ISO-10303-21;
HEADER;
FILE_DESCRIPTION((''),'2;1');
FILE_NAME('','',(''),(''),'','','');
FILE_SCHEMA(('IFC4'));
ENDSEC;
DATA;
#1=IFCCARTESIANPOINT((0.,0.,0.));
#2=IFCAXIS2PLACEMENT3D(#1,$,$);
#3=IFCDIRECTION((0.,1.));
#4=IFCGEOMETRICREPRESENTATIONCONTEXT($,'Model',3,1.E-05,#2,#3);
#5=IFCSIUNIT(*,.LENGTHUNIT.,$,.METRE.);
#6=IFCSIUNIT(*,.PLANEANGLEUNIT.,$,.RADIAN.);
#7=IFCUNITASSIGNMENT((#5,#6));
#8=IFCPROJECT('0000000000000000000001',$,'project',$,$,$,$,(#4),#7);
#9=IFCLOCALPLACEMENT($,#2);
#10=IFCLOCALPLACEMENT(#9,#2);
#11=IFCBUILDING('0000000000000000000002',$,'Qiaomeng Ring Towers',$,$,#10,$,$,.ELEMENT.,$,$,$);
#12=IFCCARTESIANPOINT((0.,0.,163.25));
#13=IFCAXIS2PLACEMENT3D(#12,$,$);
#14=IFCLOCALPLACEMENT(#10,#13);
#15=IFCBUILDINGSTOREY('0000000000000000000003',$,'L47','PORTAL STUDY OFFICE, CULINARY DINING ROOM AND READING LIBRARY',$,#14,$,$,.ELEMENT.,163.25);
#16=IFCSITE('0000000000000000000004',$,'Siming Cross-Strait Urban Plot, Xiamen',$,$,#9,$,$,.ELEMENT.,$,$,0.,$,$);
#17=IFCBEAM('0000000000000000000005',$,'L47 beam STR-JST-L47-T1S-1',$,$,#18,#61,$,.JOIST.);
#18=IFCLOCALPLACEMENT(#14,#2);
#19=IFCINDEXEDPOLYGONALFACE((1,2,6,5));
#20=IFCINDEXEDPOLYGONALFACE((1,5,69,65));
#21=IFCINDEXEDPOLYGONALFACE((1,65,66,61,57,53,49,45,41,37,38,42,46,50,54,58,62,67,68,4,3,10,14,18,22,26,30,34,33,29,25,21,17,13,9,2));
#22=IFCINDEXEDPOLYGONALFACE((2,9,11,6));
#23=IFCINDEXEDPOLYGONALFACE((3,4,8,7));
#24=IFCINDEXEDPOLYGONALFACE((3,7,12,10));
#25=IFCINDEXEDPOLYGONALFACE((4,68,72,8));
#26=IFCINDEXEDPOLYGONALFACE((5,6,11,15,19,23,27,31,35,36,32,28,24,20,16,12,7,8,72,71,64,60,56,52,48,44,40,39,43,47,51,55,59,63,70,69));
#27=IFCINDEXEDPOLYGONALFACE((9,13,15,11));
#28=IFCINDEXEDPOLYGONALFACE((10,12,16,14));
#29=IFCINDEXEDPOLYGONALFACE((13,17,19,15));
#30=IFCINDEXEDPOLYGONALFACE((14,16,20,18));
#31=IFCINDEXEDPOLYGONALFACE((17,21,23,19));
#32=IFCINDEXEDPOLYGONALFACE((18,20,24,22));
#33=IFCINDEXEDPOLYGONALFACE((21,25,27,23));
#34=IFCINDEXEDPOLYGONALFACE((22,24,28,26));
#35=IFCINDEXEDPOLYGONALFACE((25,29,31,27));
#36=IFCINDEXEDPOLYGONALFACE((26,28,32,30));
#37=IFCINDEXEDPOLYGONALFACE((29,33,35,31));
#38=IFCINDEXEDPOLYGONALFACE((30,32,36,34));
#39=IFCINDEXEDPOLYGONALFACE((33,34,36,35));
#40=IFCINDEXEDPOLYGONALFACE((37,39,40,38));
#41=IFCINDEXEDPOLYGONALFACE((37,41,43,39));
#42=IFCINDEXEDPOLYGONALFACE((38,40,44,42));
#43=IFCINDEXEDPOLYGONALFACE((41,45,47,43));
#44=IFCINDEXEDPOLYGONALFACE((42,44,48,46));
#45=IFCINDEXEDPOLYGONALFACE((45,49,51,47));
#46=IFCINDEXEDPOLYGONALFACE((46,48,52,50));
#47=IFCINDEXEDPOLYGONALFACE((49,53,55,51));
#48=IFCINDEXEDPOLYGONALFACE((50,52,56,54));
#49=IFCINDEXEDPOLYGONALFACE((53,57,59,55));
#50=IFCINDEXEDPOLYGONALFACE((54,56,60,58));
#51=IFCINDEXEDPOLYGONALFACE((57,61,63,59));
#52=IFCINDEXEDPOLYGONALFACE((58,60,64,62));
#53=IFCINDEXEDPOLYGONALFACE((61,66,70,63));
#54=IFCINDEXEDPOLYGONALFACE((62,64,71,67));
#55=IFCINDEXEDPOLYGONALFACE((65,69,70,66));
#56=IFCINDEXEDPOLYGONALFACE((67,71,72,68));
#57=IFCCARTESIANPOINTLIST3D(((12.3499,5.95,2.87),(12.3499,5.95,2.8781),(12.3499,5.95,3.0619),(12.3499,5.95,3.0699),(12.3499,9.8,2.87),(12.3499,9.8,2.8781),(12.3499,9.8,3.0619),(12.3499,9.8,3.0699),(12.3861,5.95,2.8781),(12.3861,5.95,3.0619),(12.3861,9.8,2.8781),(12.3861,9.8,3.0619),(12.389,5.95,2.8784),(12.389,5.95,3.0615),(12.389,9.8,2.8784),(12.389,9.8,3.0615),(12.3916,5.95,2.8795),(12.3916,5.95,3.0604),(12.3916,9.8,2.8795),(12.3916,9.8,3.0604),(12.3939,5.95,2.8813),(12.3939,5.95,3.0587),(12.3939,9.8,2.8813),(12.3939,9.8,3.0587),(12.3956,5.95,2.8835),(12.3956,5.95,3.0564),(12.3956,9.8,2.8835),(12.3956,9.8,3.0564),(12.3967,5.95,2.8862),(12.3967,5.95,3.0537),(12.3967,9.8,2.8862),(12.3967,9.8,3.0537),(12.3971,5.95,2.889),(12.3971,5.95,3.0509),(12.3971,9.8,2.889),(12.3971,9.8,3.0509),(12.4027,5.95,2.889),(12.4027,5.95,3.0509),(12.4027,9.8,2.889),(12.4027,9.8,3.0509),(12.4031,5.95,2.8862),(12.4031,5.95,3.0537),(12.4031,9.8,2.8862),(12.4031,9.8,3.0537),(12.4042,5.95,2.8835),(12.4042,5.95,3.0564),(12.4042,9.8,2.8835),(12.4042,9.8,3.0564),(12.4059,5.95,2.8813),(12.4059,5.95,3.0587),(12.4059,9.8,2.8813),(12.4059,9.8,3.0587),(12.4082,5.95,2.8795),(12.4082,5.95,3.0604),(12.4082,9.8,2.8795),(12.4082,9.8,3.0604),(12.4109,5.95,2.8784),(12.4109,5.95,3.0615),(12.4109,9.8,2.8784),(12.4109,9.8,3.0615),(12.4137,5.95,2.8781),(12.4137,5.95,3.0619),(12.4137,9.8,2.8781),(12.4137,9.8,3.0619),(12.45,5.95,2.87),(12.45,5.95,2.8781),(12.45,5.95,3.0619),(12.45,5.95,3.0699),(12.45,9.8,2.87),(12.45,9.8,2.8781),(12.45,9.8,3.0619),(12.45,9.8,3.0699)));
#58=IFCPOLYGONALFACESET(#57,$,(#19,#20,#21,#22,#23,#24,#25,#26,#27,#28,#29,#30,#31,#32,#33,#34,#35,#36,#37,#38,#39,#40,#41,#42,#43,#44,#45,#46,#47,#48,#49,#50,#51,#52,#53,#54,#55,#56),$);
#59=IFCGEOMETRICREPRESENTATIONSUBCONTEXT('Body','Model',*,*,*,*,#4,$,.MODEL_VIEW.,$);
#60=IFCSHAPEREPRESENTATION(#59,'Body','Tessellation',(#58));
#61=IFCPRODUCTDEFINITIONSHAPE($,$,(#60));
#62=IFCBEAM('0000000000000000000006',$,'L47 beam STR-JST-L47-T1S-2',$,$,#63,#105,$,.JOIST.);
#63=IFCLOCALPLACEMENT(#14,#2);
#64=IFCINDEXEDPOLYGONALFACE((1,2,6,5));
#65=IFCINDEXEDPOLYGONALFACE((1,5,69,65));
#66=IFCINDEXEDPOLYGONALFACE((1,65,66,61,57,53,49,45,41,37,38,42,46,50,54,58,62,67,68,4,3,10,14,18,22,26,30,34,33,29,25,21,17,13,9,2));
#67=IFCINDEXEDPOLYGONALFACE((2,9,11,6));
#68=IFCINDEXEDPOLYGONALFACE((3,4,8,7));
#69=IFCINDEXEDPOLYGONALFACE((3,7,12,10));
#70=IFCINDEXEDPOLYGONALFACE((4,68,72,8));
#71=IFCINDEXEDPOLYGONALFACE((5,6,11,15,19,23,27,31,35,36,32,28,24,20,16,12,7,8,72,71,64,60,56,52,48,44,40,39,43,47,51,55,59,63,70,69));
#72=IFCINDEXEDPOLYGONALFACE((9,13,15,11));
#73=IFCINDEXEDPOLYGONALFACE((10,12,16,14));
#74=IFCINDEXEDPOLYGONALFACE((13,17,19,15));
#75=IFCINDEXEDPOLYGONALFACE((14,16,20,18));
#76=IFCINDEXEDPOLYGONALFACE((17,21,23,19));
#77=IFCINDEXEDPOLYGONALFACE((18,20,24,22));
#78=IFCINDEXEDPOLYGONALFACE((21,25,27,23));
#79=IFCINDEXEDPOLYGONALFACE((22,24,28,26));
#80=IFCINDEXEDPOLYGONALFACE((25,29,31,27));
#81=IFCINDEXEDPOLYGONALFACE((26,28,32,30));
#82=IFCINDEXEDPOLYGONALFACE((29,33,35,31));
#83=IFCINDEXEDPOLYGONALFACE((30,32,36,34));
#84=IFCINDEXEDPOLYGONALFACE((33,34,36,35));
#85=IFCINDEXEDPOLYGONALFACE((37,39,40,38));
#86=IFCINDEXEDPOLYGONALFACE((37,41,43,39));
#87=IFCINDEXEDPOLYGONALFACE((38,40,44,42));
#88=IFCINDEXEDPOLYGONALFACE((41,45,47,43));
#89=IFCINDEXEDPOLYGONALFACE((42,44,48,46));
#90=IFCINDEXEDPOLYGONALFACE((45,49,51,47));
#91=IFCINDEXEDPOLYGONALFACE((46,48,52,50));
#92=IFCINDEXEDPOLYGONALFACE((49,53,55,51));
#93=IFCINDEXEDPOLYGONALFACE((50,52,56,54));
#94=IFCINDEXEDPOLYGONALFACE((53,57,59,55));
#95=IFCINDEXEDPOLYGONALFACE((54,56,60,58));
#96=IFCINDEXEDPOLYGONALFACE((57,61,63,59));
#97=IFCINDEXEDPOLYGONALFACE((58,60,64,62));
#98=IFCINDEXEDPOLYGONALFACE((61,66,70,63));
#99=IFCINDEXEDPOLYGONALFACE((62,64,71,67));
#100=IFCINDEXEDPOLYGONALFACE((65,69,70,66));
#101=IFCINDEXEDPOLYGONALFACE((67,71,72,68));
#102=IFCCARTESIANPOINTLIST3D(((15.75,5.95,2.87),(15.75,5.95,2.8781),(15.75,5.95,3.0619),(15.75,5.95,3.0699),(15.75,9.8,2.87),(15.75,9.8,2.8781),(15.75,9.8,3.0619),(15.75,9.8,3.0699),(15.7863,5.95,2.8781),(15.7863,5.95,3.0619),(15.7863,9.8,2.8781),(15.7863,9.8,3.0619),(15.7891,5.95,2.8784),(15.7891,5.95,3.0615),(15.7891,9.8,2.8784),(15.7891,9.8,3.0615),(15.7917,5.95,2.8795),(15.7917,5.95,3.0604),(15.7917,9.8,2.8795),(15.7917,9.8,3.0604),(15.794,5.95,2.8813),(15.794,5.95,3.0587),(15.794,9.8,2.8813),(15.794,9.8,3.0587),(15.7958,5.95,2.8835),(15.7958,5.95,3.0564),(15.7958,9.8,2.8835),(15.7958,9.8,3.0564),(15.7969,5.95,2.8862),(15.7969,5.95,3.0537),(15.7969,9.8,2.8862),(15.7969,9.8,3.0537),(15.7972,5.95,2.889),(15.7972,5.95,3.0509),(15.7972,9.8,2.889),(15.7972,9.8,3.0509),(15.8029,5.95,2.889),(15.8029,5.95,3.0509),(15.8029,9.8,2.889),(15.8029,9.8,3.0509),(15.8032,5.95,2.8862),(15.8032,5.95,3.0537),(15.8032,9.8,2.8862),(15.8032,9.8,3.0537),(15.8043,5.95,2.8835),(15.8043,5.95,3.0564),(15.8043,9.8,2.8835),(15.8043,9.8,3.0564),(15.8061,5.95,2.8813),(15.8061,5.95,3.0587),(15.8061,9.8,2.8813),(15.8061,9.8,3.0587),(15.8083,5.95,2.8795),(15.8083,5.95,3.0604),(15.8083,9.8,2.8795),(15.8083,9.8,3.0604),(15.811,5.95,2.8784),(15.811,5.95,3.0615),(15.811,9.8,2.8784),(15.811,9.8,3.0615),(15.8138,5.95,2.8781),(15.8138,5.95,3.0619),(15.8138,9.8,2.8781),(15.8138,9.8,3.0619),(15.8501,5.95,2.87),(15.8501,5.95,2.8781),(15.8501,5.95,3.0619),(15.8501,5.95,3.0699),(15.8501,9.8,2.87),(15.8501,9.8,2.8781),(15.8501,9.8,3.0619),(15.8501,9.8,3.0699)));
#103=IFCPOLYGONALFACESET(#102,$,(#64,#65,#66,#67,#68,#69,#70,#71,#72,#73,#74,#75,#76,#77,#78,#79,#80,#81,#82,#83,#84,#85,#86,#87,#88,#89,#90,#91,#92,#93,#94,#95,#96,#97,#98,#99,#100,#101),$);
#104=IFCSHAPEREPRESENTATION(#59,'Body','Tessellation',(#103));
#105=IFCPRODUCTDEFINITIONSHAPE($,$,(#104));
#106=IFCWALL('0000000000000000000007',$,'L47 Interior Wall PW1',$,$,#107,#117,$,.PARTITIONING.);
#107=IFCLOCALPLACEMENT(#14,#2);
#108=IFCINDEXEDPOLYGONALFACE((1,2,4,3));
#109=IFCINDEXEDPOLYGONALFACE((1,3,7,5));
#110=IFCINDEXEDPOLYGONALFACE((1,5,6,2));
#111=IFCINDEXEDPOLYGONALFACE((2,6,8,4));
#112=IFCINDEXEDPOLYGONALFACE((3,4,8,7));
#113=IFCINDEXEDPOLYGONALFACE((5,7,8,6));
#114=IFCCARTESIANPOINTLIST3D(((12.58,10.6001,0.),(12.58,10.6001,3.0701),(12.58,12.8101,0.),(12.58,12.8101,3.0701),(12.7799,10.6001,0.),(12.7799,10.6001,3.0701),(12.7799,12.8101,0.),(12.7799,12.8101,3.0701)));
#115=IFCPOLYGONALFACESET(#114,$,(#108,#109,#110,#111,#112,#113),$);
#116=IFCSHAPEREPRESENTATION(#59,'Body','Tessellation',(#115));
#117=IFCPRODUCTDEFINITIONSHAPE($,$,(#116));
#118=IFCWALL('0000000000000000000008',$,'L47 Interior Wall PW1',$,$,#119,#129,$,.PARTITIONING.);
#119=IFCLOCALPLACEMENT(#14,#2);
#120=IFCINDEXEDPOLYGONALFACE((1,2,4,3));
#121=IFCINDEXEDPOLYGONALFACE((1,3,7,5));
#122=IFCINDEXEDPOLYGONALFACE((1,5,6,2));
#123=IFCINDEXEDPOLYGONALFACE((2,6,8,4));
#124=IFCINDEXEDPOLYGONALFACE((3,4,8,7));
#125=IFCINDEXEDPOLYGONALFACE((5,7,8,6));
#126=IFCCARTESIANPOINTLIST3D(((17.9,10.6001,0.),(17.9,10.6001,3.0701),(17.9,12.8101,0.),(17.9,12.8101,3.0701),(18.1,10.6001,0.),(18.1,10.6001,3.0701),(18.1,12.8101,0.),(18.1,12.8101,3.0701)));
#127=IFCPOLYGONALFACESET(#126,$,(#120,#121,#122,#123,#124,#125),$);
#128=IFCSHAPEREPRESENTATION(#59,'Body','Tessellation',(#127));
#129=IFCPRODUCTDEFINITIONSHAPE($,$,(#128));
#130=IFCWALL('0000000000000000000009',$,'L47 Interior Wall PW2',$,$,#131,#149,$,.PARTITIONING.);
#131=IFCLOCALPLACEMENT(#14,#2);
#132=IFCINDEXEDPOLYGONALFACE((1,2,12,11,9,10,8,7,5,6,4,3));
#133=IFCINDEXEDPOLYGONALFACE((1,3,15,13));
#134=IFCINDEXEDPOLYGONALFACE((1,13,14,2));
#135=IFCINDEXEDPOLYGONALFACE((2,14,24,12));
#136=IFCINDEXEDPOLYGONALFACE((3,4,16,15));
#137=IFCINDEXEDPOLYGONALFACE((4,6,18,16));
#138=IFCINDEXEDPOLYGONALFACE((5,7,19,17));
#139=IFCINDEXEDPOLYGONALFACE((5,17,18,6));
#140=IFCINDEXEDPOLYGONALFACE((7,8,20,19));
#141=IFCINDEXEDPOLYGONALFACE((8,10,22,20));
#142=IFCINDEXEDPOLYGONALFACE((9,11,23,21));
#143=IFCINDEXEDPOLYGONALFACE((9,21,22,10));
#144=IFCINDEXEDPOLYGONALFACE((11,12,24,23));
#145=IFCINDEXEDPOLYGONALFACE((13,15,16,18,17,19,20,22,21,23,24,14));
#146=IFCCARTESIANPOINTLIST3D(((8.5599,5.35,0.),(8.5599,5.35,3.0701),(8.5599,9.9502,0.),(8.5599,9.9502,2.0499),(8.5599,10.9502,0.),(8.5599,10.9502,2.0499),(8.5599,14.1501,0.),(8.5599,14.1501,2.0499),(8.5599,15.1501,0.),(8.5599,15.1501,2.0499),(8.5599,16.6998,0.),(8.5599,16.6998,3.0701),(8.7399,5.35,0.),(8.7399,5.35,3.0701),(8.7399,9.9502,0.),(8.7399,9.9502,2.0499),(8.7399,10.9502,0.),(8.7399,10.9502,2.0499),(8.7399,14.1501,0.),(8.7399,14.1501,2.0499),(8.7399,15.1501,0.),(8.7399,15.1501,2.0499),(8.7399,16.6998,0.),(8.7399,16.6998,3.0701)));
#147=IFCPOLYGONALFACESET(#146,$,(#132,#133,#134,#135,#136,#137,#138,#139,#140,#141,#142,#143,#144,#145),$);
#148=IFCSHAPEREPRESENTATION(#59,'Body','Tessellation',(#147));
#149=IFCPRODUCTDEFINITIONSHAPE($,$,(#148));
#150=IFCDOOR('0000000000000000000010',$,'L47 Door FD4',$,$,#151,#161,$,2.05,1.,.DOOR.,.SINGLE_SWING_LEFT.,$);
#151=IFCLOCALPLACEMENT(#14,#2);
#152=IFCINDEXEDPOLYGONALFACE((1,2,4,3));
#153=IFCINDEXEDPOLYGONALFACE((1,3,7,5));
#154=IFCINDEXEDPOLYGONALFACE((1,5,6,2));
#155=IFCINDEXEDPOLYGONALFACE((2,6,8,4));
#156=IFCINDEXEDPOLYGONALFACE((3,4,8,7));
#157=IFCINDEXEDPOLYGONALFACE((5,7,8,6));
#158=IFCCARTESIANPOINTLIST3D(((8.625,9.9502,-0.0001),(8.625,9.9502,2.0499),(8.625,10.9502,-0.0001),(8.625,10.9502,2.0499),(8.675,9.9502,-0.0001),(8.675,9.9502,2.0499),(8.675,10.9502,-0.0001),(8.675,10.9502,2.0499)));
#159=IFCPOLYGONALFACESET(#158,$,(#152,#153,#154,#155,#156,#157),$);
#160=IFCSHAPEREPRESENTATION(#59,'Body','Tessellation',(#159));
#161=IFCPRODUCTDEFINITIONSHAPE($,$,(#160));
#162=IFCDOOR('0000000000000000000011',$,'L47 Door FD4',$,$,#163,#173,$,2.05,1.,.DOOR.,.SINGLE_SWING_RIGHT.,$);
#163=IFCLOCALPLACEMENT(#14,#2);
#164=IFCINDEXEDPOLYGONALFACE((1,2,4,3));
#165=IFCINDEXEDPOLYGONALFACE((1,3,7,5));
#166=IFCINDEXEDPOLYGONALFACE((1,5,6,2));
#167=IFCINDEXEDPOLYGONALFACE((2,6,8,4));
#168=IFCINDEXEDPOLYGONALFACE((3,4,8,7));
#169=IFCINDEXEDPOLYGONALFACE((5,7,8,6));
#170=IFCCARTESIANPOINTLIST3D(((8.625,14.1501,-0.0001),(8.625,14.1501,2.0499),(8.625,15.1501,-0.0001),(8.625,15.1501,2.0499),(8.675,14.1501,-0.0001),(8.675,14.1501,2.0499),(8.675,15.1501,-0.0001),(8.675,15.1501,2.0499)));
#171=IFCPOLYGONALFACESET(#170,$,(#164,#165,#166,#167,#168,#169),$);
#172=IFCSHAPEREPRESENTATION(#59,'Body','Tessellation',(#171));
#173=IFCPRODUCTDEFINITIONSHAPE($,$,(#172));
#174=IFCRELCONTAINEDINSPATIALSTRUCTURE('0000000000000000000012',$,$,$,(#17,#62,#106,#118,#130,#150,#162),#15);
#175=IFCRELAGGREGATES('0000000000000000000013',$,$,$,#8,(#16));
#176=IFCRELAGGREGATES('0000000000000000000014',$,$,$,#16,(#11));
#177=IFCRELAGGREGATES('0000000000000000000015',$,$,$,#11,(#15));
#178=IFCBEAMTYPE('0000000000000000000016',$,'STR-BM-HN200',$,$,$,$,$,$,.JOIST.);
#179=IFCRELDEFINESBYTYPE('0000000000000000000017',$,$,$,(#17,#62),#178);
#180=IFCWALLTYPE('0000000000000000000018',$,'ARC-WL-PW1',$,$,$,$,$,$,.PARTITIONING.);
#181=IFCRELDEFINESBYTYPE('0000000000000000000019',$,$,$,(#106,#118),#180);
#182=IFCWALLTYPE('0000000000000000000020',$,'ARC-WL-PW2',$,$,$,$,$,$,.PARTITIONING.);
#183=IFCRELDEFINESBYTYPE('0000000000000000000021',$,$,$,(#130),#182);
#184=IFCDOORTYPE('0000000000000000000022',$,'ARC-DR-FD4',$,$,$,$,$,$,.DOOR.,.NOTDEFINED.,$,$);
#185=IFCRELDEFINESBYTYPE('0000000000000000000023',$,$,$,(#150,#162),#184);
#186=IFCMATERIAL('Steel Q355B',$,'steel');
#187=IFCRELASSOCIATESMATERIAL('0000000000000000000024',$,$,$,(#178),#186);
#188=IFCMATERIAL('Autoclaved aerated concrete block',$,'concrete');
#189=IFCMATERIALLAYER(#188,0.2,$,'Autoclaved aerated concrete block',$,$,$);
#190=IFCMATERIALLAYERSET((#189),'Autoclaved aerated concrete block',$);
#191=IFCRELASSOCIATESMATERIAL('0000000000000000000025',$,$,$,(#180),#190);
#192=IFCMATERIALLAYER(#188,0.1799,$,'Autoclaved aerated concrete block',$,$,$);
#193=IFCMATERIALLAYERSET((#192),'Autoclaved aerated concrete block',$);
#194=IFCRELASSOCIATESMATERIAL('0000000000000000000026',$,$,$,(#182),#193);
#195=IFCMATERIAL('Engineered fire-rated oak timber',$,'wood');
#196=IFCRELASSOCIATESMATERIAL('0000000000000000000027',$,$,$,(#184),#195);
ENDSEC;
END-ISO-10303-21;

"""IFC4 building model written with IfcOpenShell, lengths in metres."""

from ifc_helpers import new_model, si_unit, direction, frame, frame_2d, origin, origin_2d, place, context, subcontext, project, spatial, rectangle, i_section, extrude, source, transform, mapped, material, layer, layer_set, material_profile, profile_set, type_object, element, fill, save


model = new_model("IFC4")

# Units and contexts
model_context = context("Model", 3, precision=1e-05, world=origin(), true_north=direction((0.0, 1.0)))
body_context = subcontext(model_context, "Body", "Model", "MODEL_VIEW")
ifc_project = project(units=[si_unit("LENGTHUNIT", "METRE"), si_unit("PLANEANGLEUNIT", "RADIAN")], contexts=[model_context])

# Site, building, storey
site_placement = place(None, origin())
site = spatial("IfcSite", under=ifc_project, at=site_placement, Name="Siming Cross-Strait Urban Plot, Xiamen", CompositionType="ELEMENT", RefElevation=0.0)
building_placement = place(site_placement, origin())
building = spatial("IfcBuilding", under=site, at=building_placement, Name="Qiaomeng Ring Towers", CompositionType="ELEMENT")
storey_placement = place(building_placement, frame((0.0, 0.0, 163.25)))
storey = spatial("IfcBuildingStorey", under=building, at=storey_placement, Name="L47", Description="PORTAL STUDY OFFICE, CULINARY DINING ROOM AND READING LIBRARY", CompositionType="ELEMENT", Elevation=163.25)

# Beams
ifc_material_1 = material(Name="Steel Q355B", Category="steel")
ifc_material_profile = material_profile(ifc_material_1, i_section(OverallWidth=0.1001, OverallDepth=0.2, WebThickness=0.0056, FlangeThickness=0.0081, FilletRadius=0.011, at=origin_2d()), Name="HN 200x100x5.5x8")
ifc_profile_set = profile_set([ifc_material_profile], Name="Steel Q355B")
beam_type = type_object("IfcBeamType", Name="STR-BM-HN200", PredefinedType="JOIST", material=ifc_profile_set)
shared_shape_1 = source(origin(), body_context, "Body", "SweptSolid", [
    extrude(i_section(OverallWidth=0.1001, OverallDepth=0.2, WebThickness=0.0056, FlangeThickness=0.0081, FilletRadius=0.011, at=origin_2d()), origin(), (0.0, 0.0, 1.0), 3.8501),
])
for number, where, z_axis, x_axis, name in (
    (1, (12.3999, 5.95, 2.97), (0.0, 1.0, 0.0), (-1.0, 0.0, 0.0), "L47 beam STR-JST-L47-T1S-1"),
    (2, (15.8, 5.95, 2.97), (0.0, 1.0, 0.0), (-1.0, 0.0, 0.0), "L47 beam STR-JST-L47-T1S-2"),
):
    element("IfcBeam", number, at=place(storey_placement, frame(where, z_axis=z_axis, x_axis=x_axis)), inside=storey, type_object=beam_type, Name=name, PredefinedType="JOIST", context=body_context, shape_type="MappedRepresentation", body=[
        mapped(shared_shape_1, transform((0.0, 0.0, 0.0), x_axis=(1.0, 0.0, 0.0), y_axis=(0.0, 1.0, 0.0), z_axis=(0.0, 0.0, 1.0), scale=1.0)),
    ])

# Walls
ifc_material_2 = material(Name="Autoclaved aerated concrete block", Category="concrete")
ifc_layer_1 = layer(ifc_material_2, 0.2, Name="Autoclaved aerated concrete block")
ifc_layer_set_1 = layer_set([ifc_layer_1], Name="Autoclaved aerated concrete block")
wall_type_1 = type_object("IfcWallType", Name="ARC-WL-PW1", PredefinedType="PARTITIONING", material=ifc_layer_set_1)
for number, where, z_axis, x_axis, name in (
    (3, (12.6799, 10.6001, 0.0), (0.0, 0.0, 1.0), (0.0, 1.0, 0.0), "L47 Interior Wall PW1"),
    (4, (18.0, 10.6001, 0.0), (0.0, 0.0, 1.0), (0.0, 1.0, 0.0), "L47 Interior Wall PW1"),
):
    element("IfcWall", number, at=place(storey_placement, frame(where, z_axis=z_axis, x_axis=x_axis)), inside=storey, type_object=wall_type_1, Name=name, PredefinedType="PARTITIONING", context=body_context, shape_type="SweptSolid", body=[
        extrude(rectangle(XDim=2.21, YDim=0.2, at=frame_2d((1.105, 0.0))), origin(), (0.0, 0.0, 1.0), 3.0701),
    ])

# Wall, openings, doors
ifc_layer_2 = layer(ifc_material_2, 0.1799, Name="Autoclaved aerated concrete block")
ifc_layer_set_2 = layer_set([ifc_layer_2], Name="Autoclaved aerated concrete block")
wall_type_2 = type_object("IfcWallType", Name="ARC-WL-PW2", PredefinedType="PARTITIONING", material=ifc_layer_set_2)
wall_1_placement = place(storey_placement, frame((8.6499, 5.3501, 0.0), z_axis=(0.0, 0.0, 1.0), x_axis=(0.0, 1.0, 0.0)))
wall_1 = element("IfcWall", 5, at=wall_1_placement, inside=storey, type_object=wall_type_2, Name="L47 Interior Wall PW2", PredefinedType="PARTITIONING", context=body_context, shape_type="SweptSolid", body=[
    extrude(rectangle(XDim=11.3499, YDim=0.1799, at=frame_2d((5.6748, 0.0))), origin(), (0.0, 0.0, 1.0), 3.0701),
])
opening_1_placement = place(wall_1_placement, frame((4.6001, 0.0, 0.0)))
opening_1 = element("IfcOpeningElement", 6, at=opening_1_placement, cuts=wall_1, PredefinedType="OPENING", context=body_context, shape_type="SweptSolid", body=[
    extrude(rectangle(XDim=1.0, YDim=2.05, at=frame_2d((0.5, 1.0249))), frame((0.0, 0.0999, 0.0), z_axis=(0.0, -1.0, 0.0), x_axis=(1.0, 0.0, 0.0)), (0.0, 0.0, 1.0), 0.2),
])
opening_2_placement = place(wall_1_placement, frame((8.8, 0.0, 0.0)))
opening_2 = element("IfcOpeningElement", 7, at=opening_2_placement, cuts=wall_1, PredefinedType="OPENING", context=body_context, shape_type="SweptSolid", body=[
    extrude(rectangle(XDim=1.0, YDim=2.05, at=frame_2d((0.5, 1.0249))), frame((0.0, 0.0999, 0.0), z_axis=(0.0, -1.0, 0.0), x_axis=(1.0, 0.0, 0.0)), (0.0, 0.0, 1.0), 0.2),
])
ifc_material_3 = material(Name="Engineered fire-rated oak timber", Category="wood")
door_type_1 = type_object("IfcDoorType", Name="ARC-DR-FD4", OperationType="NOTDEFINED", PredefinedType="DOOR", material=ifc_material_3)
shared_shape_2 = source(origin(), body_context, "Body", "SweptSolid", [
    extrude(rectangle(XDim=1.0, YDim=2.05, at=frame_2d((0.5, 1.0249))), frame((0.0, 0.0249, 0.0), z_axis=(0.0, -1.0, 0.0), x_axis=(1.0, 0.0, 0.0)), (0.0, 0.0, 1.0), 0.05),
])
door_1_placement = place(opening_1_placement, origin())
door_1 = element("IfcDoor", 8, at=door_1_placement, inside=storey, type_object=door_type_1, Name="L47 Door FD4", OperationType="SINGLE_SWING_LEFT", OverallHeight=2.05, OverallWidth=1.0, PredefinedType="DOOR", context=body_context, shape_type="MappedRepresentation", body=[
    mapped(shared_shape_2, transform((0.0, 0.0, 0.0), x_axis=(1.0, 0.0, 0.0), y_axis=(0.0, 1.0, 0.0), z_axis=(0.0, 0.0, 1.0), scale=1.0)),
])
fill(opening_1, door_1)
door_2_placement = place(opening_2_placement, origin())
door_2 = element("IfcDoor", 9, at=door_2_placement, inside=storey, type_object=door_type_1, Name="L47 Door FD4", OperationType="SINGLE_SWING_RIGHT", OverallHeight=2.05, OverallWidth=1.0, PredefinedType="DOOR", context=body_context, shape_type="MappedRepresentation", body=[
    mapped(shared_shape_2, transform((0.0, 0.0, 0.0), x_axis=(1.0, 0.0, 0.0), y_axis=(0.0, 1.0, 0.0), z_axis=(0.0, 0.0, 1.0), scale=1.0)),
])
fill(opening_2, door_2)

save(model, "model.ifc")
